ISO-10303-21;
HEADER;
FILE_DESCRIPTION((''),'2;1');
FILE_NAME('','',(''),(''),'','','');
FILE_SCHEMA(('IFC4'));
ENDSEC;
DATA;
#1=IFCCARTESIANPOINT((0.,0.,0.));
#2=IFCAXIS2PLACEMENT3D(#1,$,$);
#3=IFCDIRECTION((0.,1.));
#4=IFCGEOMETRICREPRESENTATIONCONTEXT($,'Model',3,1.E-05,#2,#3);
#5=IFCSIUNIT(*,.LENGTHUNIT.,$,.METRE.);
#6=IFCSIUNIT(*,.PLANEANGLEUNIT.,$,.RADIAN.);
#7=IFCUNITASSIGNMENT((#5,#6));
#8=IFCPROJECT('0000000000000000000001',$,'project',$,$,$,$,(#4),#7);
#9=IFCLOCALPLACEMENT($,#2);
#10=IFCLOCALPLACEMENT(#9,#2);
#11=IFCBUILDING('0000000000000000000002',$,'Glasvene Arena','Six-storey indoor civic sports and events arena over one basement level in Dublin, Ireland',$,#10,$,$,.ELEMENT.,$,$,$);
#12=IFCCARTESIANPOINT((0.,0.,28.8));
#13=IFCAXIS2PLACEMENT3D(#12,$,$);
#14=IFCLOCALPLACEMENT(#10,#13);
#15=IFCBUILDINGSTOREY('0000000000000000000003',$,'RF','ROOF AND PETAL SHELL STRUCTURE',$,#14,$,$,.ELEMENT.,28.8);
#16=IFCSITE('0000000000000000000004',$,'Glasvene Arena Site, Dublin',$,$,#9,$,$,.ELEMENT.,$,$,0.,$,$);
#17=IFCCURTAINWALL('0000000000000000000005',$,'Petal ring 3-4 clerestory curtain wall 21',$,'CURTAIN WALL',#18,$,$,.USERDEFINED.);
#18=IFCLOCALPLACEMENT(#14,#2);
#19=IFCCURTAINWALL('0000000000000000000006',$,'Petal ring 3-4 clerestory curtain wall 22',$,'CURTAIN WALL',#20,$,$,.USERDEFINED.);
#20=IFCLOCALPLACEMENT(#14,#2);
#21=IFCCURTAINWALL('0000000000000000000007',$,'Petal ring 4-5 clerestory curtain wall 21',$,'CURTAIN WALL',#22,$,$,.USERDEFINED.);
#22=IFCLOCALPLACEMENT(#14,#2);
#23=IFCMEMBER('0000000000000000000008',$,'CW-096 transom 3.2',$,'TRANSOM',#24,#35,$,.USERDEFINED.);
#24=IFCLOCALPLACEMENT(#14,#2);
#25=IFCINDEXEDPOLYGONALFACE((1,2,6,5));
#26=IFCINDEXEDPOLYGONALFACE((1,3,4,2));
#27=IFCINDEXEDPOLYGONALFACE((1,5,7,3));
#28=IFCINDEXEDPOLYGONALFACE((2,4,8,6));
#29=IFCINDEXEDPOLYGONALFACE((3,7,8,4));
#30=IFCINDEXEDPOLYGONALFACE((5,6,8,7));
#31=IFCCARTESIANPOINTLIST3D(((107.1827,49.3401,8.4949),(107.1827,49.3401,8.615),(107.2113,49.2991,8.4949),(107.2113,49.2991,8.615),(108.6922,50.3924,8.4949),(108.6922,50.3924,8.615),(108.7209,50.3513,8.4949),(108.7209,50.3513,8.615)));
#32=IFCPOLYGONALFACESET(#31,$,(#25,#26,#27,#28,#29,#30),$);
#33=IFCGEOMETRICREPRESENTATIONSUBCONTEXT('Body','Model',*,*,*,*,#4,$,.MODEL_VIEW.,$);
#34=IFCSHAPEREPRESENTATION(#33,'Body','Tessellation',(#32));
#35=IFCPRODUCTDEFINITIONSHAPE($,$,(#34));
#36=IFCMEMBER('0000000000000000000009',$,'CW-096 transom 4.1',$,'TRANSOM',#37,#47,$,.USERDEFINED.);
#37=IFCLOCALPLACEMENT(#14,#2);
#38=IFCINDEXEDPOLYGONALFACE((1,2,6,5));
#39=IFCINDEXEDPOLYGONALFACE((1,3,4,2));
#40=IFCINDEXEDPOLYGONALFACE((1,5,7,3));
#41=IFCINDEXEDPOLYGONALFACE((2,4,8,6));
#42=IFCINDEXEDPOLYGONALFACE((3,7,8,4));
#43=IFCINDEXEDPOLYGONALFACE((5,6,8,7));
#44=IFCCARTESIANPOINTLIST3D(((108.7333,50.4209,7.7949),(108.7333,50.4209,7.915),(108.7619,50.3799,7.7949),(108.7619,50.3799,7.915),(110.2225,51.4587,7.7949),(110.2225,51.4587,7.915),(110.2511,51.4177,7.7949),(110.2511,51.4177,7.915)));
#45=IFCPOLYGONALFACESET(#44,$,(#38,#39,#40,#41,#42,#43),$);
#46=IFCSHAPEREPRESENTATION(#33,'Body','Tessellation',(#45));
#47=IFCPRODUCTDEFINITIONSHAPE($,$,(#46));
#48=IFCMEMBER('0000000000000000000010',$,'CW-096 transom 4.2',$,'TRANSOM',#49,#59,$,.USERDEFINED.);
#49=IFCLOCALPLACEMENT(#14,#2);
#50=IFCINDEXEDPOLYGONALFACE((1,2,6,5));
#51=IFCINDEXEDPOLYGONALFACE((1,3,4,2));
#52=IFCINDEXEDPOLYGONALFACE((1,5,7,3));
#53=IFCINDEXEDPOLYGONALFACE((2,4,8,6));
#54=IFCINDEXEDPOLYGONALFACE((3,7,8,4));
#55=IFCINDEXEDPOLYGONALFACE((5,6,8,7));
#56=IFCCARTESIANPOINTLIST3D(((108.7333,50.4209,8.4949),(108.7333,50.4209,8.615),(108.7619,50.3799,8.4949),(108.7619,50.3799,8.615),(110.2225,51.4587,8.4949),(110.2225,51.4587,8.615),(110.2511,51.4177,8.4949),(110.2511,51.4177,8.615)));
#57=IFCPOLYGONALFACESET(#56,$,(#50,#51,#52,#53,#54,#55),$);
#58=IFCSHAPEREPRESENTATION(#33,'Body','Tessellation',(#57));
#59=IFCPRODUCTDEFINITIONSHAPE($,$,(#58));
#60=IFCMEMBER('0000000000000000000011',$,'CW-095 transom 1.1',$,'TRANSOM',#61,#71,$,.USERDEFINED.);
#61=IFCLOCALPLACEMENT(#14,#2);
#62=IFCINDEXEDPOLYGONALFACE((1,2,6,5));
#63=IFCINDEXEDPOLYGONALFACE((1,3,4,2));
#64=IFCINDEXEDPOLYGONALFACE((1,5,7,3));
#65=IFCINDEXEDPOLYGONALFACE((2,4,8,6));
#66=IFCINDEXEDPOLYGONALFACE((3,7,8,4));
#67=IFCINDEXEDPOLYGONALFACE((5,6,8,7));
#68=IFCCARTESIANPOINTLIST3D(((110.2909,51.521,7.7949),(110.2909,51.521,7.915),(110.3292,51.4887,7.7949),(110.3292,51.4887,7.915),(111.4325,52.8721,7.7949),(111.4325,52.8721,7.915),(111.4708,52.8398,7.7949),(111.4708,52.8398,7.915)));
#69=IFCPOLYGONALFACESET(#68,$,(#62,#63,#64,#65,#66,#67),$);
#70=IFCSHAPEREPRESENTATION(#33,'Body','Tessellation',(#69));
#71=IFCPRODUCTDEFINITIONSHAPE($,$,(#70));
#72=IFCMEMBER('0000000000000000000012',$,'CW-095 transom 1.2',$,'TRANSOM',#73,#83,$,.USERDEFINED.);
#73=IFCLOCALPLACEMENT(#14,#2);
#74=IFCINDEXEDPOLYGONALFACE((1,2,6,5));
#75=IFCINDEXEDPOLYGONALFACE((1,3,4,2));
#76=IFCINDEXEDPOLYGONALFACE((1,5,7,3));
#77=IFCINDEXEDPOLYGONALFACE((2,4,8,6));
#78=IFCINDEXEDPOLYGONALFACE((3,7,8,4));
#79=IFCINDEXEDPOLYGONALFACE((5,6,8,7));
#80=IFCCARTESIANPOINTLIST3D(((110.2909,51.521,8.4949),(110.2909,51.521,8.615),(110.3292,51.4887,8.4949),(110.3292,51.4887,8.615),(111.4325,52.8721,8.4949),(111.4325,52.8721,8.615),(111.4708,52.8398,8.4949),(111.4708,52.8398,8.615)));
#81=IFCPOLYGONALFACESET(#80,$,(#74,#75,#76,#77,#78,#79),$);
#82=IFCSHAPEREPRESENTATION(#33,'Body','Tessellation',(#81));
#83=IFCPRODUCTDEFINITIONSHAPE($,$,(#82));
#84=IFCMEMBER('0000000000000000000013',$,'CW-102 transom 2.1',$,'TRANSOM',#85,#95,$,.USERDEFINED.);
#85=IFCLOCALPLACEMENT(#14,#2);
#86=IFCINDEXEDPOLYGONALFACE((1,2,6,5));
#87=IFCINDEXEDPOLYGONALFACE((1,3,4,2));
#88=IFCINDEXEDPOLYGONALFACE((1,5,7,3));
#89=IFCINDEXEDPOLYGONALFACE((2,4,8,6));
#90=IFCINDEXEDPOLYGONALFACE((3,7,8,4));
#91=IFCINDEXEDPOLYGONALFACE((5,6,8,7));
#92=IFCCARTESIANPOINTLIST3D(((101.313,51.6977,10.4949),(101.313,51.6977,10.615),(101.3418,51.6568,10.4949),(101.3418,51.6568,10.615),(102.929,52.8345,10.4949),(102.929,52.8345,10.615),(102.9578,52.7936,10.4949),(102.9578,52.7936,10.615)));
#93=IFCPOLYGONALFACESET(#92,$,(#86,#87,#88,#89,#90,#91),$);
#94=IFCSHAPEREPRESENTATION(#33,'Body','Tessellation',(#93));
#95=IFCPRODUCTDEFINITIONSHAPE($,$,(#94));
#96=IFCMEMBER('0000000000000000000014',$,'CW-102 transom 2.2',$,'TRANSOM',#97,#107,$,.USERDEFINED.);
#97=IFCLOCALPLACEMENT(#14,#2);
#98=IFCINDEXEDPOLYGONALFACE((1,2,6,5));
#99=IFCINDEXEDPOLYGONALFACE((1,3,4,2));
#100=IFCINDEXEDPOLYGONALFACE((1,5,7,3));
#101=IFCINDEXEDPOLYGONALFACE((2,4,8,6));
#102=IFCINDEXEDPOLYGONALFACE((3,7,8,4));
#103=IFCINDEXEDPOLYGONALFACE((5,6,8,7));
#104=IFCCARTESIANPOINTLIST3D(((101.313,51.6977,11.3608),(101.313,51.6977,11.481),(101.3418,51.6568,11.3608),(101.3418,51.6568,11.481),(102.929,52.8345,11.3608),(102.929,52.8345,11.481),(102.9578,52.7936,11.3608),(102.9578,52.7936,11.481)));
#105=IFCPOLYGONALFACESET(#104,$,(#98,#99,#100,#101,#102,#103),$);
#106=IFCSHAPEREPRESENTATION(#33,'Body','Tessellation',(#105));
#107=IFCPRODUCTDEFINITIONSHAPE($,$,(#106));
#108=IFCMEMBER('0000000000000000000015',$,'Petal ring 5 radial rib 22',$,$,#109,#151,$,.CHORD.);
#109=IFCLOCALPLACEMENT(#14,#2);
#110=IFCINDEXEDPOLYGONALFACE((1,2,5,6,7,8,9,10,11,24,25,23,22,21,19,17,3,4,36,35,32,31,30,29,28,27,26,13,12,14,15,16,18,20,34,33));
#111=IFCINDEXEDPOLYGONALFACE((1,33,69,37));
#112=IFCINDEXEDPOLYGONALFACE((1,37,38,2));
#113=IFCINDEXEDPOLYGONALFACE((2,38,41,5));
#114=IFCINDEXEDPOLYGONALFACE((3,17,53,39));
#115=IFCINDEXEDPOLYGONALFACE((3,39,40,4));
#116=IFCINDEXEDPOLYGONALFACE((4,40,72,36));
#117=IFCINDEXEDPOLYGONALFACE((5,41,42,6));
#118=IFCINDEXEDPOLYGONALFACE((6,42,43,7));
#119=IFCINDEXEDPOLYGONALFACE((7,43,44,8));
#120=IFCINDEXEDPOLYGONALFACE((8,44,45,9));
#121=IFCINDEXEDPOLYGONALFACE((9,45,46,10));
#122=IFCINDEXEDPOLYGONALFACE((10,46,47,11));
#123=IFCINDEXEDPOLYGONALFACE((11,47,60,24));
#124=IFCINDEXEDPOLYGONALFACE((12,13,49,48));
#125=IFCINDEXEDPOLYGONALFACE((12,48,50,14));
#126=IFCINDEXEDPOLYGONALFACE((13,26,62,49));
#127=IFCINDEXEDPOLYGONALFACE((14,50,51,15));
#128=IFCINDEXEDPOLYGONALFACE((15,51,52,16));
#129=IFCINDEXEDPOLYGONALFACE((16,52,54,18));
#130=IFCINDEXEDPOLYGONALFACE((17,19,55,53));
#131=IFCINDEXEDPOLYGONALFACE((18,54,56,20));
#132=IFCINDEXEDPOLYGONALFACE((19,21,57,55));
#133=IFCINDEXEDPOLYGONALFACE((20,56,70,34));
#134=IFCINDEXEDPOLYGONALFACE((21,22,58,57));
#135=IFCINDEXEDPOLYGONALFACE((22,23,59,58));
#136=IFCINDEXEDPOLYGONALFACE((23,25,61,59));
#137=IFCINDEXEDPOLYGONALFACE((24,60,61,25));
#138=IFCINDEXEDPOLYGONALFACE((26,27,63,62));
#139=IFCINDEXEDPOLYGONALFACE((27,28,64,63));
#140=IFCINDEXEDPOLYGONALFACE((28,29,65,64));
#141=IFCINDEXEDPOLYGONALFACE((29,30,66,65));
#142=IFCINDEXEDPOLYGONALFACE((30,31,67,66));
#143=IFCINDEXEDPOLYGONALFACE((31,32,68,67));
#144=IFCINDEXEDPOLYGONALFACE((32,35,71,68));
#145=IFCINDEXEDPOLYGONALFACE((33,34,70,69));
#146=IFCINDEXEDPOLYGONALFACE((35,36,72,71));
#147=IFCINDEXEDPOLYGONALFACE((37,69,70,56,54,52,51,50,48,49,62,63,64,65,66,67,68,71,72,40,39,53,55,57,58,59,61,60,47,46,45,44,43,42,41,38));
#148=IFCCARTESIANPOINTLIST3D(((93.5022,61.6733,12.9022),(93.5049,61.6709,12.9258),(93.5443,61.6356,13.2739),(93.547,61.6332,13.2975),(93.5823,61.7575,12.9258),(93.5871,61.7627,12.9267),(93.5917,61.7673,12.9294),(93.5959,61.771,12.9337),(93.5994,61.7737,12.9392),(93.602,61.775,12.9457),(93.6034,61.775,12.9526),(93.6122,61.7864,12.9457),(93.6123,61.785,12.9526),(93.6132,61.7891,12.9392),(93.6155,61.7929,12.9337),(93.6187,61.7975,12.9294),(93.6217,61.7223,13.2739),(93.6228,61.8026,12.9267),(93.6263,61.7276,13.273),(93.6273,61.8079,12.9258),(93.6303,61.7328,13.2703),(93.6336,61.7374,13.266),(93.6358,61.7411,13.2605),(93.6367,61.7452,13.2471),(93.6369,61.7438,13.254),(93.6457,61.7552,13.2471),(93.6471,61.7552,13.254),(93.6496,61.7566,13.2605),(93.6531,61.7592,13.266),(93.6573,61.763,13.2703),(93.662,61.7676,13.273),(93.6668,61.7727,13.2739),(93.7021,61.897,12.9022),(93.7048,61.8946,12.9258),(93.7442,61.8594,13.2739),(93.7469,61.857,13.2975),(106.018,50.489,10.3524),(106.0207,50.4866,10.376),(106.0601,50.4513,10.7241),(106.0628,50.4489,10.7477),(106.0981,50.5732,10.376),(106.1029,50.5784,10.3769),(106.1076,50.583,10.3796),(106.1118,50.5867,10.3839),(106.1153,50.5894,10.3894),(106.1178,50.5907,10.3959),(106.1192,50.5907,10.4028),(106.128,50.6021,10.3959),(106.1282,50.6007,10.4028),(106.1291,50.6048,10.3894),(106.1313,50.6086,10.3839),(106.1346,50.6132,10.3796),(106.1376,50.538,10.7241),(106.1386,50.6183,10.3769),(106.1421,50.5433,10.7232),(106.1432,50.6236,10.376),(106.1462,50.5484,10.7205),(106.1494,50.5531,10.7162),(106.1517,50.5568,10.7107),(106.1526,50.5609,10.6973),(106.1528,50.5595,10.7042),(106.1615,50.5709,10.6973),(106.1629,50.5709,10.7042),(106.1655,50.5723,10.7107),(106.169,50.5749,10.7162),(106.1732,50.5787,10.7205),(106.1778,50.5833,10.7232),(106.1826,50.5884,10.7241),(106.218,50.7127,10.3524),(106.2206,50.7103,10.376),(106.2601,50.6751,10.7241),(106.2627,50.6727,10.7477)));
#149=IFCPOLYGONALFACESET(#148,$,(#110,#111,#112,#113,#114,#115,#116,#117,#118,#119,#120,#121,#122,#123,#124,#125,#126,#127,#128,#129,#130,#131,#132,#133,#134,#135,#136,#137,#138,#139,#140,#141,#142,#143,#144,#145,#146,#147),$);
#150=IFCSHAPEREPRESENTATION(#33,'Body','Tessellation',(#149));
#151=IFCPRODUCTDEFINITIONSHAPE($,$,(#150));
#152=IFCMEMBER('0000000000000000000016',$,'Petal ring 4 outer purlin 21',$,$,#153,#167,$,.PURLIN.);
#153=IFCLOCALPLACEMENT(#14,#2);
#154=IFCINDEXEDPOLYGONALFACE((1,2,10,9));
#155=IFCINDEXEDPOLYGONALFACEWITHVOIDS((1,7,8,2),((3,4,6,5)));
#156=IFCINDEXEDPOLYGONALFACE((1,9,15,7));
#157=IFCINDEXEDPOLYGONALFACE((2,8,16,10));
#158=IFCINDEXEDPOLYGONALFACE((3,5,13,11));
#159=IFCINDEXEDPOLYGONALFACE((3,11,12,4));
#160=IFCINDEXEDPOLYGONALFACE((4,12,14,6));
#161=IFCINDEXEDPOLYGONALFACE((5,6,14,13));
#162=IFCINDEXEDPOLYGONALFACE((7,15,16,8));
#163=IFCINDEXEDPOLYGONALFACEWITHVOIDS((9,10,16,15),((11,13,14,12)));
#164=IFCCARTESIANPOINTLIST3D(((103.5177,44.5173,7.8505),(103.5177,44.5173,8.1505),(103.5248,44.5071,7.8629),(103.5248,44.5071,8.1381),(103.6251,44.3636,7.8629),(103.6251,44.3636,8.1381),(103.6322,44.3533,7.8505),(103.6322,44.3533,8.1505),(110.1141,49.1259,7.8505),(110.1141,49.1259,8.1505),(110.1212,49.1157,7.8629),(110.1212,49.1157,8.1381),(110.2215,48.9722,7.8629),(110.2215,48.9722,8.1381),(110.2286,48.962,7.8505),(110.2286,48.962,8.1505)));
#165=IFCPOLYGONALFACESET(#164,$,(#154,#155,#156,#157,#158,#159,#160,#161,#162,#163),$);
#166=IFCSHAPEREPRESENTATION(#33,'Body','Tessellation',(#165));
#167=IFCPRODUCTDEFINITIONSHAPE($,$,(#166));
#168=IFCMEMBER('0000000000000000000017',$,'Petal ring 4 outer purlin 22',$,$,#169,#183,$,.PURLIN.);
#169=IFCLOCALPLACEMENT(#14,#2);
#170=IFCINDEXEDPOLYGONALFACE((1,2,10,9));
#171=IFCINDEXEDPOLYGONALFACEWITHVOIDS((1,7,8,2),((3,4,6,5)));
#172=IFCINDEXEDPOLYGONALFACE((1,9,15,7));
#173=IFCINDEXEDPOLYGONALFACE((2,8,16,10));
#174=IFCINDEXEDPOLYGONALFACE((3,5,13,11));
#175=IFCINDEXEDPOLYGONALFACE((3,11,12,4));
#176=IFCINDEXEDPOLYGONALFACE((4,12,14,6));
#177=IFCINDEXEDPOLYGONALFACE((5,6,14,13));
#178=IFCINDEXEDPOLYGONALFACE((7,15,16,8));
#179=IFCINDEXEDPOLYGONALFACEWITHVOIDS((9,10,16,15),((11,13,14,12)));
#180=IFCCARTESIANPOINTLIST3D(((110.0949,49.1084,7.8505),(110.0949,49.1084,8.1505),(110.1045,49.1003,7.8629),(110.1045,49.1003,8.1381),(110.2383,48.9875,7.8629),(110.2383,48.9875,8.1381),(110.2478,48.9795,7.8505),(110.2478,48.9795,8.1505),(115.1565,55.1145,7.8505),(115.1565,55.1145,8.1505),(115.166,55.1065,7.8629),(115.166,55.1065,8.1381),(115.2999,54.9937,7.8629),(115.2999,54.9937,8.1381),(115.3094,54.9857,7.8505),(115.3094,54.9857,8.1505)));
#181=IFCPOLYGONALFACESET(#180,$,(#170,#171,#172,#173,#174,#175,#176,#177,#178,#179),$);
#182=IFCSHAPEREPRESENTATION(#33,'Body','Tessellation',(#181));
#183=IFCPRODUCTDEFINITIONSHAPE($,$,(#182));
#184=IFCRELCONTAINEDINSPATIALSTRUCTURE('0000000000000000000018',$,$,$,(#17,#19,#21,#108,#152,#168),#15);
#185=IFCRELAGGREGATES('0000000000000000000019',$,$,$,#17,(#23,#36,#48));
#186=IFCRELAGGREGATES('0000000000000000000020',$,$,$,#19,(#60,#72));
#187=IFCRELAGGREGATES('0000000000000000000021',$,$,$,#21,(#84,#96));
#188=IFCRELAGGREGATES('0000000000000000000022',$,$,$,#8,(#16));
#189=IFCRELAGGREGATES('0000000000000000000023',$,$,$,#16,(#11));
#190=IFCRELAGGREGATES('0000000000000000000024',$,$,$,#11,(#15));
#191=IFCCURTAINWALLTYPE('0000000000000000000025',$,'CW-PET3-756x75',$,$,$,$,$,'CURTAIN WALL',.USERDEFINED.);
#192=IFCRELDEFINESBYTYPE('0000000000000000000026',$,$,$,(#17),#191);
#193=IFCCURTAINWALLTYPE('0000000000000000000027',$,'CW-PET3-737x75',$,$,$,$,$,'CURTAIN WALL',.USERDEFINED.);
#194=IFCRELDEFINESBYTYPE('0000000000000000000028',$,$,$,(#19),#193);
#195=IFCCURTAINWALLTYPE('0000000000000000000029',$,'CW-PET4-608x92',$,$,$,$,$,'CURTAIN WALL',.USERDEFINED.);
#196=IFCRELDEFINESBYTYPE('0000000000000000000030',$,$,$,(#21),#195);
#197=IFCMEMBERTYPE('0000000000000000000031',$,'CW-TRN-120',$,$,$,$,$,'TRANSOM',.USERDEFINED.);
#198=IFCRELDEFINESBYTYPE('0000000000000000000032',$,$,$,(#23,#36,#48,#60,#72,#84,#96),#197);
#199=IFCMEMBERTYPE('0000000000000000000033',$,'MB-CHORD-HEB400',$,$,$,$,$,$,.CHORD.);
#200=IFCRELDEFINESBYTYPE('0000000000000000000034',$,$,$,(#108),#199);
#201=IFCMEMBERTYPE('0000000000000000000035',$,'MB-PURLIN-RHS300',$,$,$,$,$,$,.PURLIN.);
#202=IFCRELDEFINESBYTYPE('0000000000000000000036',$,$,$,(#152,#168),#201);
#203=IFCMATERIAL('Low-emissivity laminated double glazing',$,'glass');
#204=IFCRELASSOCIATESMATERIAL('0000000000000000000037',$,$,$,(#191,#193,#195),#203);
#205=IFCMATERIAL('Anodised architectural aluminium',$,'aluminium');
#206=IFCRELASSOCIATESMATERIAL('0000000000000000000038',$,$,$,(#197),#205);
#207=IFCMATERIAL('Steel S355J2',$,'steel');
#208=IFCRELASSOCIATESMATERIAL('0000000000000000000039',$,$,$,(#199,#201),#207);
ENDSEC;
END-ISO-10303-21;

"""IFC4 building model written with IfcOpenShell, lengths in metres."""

from ifc_helpers import new_model, si_unit, direction, frame, origin, origin_2d, place, context, subcontext, project, spatial, rectangle, hollow_rectangle, i_section, extrude, material, material_profile, profile_set, type_object, element, aggregate, save


model = new_model("IFC4")

# Units and contexts
model_context = context("Model", 3, precision=1e-05, world=origin(), true_north=direction((0.0, 1.0)))
body_context = subcontext(model_context, "Body", "Model", "MODEL_VIEW")
ifc_project = project(units=[si_unit("LENGTHUNIT", "METRE"), si_unit("PLANEANGLEUNIT", "RADIAN")], contexts=[model_context])

# Site, building, storey
site_placement = place(None, origin())
site = spatial("IfcSite", under=ifc_project, at=site_placement, Name="Glasvene Arena Site, Dublin", CompositionType="ELEMENT", RefElevation=0.0)
building_placement = place(site_placement, origin())
building = spatial("IfcBuilding", under=site, at=building_placement, Name="Glasvene Arena", Description="Six-storey indoor civic sports and events arena over one basement level in Dublin, Ireland", CompositionType="ELEMENT")
storey_placement = place(building_placement, frame((0.0, 0.0, 28.8)))
storey = spatial("IfcBuildingStorey", under=building, at=storey_placement, Name="RF", Description="ROOF AND PETAL SHELL STRUCTURE", CompositionType="ELEMENT", Elevation=28.8)

# Curtain wall
ifc_material_1 = material(Name="Low-emissivity laminated double glazing", Category="glass")
curtain_wall_type_1 = type_object("IfcCurtainWallType", Name="CW-PET3-756x75", ElementType="CURTAIN WALL", PredefinedType="USERDEFINED", material=ifc_material_1)
curtain_wall_1_placement = place(storey_placement, frame((104.075, 47.144, 0.0)))
curtain_wall_1 = element("IfcCurtainWall", 1, at=curtain_wall_1_placement, inside=storey, type_object=curtain_wall_type_1, Name="Petal ring 3-4 clerestory curtain wall 21", ObjectType="CURTAIN WALL", PredefinedType="USERDEFINED")
ifc_material_2 = material(Name="Anodised architectural aluminium", Category="aluminium")

# Curtain walls
curtain_wall_type_2 = type_object("IfcCurtainWallType", Name="CW-PET3-737x75", ElementType="CURTAIN WALL", PredefinedType="USERDEFINED", material=ifc_material_1)
curtain_wall_2_placement = place(storey_placement, frame((110.2778, 51.4668, 0.0)))
curtain_wall_2 = element("IfcCurtainWall", 2, at=curtain_wall_2_placement, inside=storey, type_object=curtain_wall_type_2, Name="Petal ring 3-4 clerestory curtain wall 22", ObjectType="CURTAIN WALL", PredefinedType="USERDEFINED")
curtain_wall_type_3 = type_object("IfcCurtainWallType", Name="CW-PET4-608x92", ElementType="CURTAIN WALL", PredefinedType="USERDEFINED", material=ifc_material_1)
curtain_wall_3_placement = place(storey_placement, frame((99.6499, 50.4973, 0.0)))
curtain_wall_3 = element("IfcCurtainWall", 3, at=curtain_wall_3_placement, inside=storey, type_object=curtain_wall_type_3, Name="Petal ring 4-5 clerestory curtain wall 21", ObjectType="CURTAIN WALL", PredefinedType="USERDEFINED")

# Shared definitions
ifc_material_profile_1 = material_profile(ifc_material_2, rectangle(XDim=0.05, YDim=0.1201, at=origin_2d()), Name="ALU TRANSOM 50x120")
ifc_profile_set_1 = profile_set([ifc_material_profile_1], Name="Anodised architectural aluminium")
member_type_1 = type_object("IfcMemberType", Name="CW-TRN-120", ElementType="TRANSOM", PredefinedType="USERDEFINED", material=ifc_profile_set_1)

# Members
member_1_placement = place(storey_placement, frame((107.197, 49.3196, 8.5549), z_axis=(0.820359, 0.571849, 0.0), x_axis=(-0.571849, 0.820359, 0.0)))
member_1 = element("IfcMember", 4, at=member_1_placement, type_object=member_type_1, Name="CW-096 transom 3.2", ObjectType="TRANSOM", PredefinedType="USERDEFINED", context=body_context, shape_type="SweptSolid", body=[
    extrude(rectangle(XDim=0.05, YDim=0.1201, at=origin_2d()), origin(), (0.0, 0.0, 1.0), 1.8401),
])
member_2_placement = place(storey_placement, frame((108.7476, 50.4004, 7.855), z_axis=(0.820431, 0.571746, 0.0), x_axis=(-0.571746, 0.820431, 0.0)))
member_2 = element("IfcMember", 5, at=member_2_placement, type_object=member_type_1, Name="CW-096 transom 4.1", ObjectType="TRANSOM", PredefinedType="USERDEFINED", context=body_context, shape_type="SweptSolid", body=[
    extrude(rectangle(XDim=0.05, YDim=0.1201, at=origin_2d()), origin(), (0.0, 0.0, 1.0), 1.8152),
])
member_3_placement = place(storey_placement, frame((108.7476, 50.4004, 8.5549), z_axis=(0.820431, 0.571746, 0.0), x_axis=(-0.571746, 0.820431, 0.0)))
member_3 = element("IfcMember", 6, at=member_3_placement, type_object=member_type_1, Name="CW-096 transom 4.2", ObjectType="TRANSOM", PredefinedType="USERDEFINED", context=body_context, shape_type="SweptSolid", body=[
    extrude(rectangle(XDim=0.05, YDim=0.1201, at=origin_2d()), origin(), (0.0, 0.0, 1.0), 1.8152),
])
member_4_placement = place(storey_placement, frame((110.3101, 51.5049, 7.855), z_axis=(0.64541, 0.763836, 0.0), x_axis=(-0.763836, 0.64541, 0.0)))
member_4 = element("IfcMember", 7, at=member_4_placement, type_object=member_type_1, Name="CW-095 transom 1.1", ObjectType="TRANSOM", PredefinedType="USERDEFINED", context=body_context, shape_type="SweptSolid", body=[
    extrude(rectangle(XDim=0.05, YDim=0.1201, at=origin_2d()), origin(), (0.0, 0.0, 1.0), 1.7688),
])
member_5_placement = place(storey_placement, frame((110.3101, 51.5049, 8.5549), z_axis=(0.64541, 0.763836, 0.0), x_axis=(-0.763836, 0.64541, 0.0)))
member_5 = element("IfcMember", 8, at=member_5_placement, type_object=member_type_1, Name="CW-095 transom 1.2", ObjectType="TRANSOM", PredefinedType="USERDEFINED", context=body_context, shape_type="SweptSolid", body=[
    extrude(rectangle(XDim=0.05, YDim=0.1201, at=origin_2d()), origin(), (0.0, 0.0, 1.0), 1.7688),
])
member_6_placement = place(storey_placement, frame((101.3274, 51.6772, 10.5549), z_axis=(0.817912, 0.575343, 0.0), x_axis=(-0.575343, 0.817912, 0.0)))
member_6 = element("IfcMember", 9, at=member_6_placement, type_object=member_type_1, Name="CW-102 transom 2.1", ObjectType="TRANSOM", PredefinedType="USERDEFINED", context=body_context, shape_type="SweptSolid", body=[
    extrude(rectangle(XDim=0.05, YDim=0.1201, at=origin_2d()), origin(), (0.0, 0.0, 1.0), 1.9758),
])
member_7_placement = place(storey_placement, frame((101.3274, 51.6772, 11.4209), z_axis=(0.817912, 0.575343, 0.0), x_axis=(-0.575343, 0.817912, 0.0)))
member_7 = element("IfcMember", 10, at=member_7_placement, type_object=member_type_1, Name="CW-102 transom 2.2", ObjectType="TRANSOM", PredefinedType="USERDEFINED", context=body_context, shape_type="SweptSolid", body=[
    extrude(rectangle(XDim=0.05, YDim=0.1201, at=origin_2d()), origin(), (0.0, 0.0, 1.0), 1.9758),
])

# Members
ifc_material_3 = material(Name="Steel S355J2", Category="steel")
ifc_material_profile_2 = material_profile(ifc_material_3, i_section(OverallWidth=0.3, OverallDepth=0.3999, WebThickness=0.0134, FlangeThickness=0.0239, FilletRadius=0.0271, at=origin_2d()), Name="HEB 400")
ifc_profile_set_2 = profile_set([ifc_material_profile_2], Name="Steel S355J2")
member_type_2 = type_object("IfcMemberType", Name="MB-CHORD-HEB400", PredefinedType="CHORD", material=ifc_profile_set_2)
member_8_placement = place(storey_placement, frame((106.1404, 50.5808, 10.55), z_axis=(-0.737201, 0.658771, 0.150187), x_axis=(-0.666329, -0.745658, 0.0)))
element("IfcMember", 11, at=member_8_placement, inside=storey, type_object=member_type_2, Name="Petal ring 5 radial rib 22", PredefinedType="CHORD", context=body_context, shape_type="SweptSolid", body=[
    extrude(i_section(OverallWidth=0.3, OverallDepth=0.3999, WebThickness=0.0134, FlangeThickness=0.0239, FilletRadius=0.0271, at=origin_2d()), origin(), (0.0, 0.0, 1.0), 16.9775),
])
ifc_material_profile_3 = material_profile(ifc_material_3, hollow_rectangle(XDim=0.2, YDim=0.3, WallThickness=0.0125, at=origin_2d()), Name="RHS 300x200x12.5")
ifc_profile_set_3 = profile_set([ifc_material_profile_3], Name="Steel S355J2")
member_type_3 = type_object("IfcMemberType", Name="MB-PURLIN-RHS300", PredefinedType="PURLIN", material=ifc_profile_set_3)
member_9_placement = place(storey_placement, frame((103.575, 44.4353, 8.0005), z_axis=(0.819749, 0.572723, 0.0), x_axis=(-0.572723, 0.819749, 0.0)))
element("IfcMember", 12, at=member_9_placement, inside=storey, type_object=member_type_3, Name="Petal ring 4 outer purlin 21", PredefinedType="PURLIN", context=body_context, shape_type="SweptSolid", body=[
    extrude(hollow_rectangle(XDim=0.2, YDim=0.3, WallThickness=0.0125, at=origin_2d()), origin(), (0.0, 0.0, 1.0), 8.0469),
])
member_10_placement = place(storey_placement, frame((110.1714, 49.0439, 8.0005), z_axis=(0.644415, 0.764676, 0.0), x_axis=(-0.764676, 0.644415, 0.0)))
element("IfcMember", 13, at=member_10_placement, inside=storey, type_object=member_type_3, Name="Petal ring 4 outer purlin 22", PredefinedType="PURLIN", context=body_context, shape_type="SweptSolid", body=[
    extrude(hollow_rectangle(XDim=0.2, YDim=0.3, WallThickness=0.0125, at=origin_2d()), origin(), (0.0, 0.0, 1.0), 7.8545),
])

aggregate(curtain_wall_1, [member_1, member_2, member_3])
aggregate(curtain_wall_2, [member_4, member_5])
aggregate(curtain_wall_3, [member_6, member_7])

save(model, "model.ifc")
